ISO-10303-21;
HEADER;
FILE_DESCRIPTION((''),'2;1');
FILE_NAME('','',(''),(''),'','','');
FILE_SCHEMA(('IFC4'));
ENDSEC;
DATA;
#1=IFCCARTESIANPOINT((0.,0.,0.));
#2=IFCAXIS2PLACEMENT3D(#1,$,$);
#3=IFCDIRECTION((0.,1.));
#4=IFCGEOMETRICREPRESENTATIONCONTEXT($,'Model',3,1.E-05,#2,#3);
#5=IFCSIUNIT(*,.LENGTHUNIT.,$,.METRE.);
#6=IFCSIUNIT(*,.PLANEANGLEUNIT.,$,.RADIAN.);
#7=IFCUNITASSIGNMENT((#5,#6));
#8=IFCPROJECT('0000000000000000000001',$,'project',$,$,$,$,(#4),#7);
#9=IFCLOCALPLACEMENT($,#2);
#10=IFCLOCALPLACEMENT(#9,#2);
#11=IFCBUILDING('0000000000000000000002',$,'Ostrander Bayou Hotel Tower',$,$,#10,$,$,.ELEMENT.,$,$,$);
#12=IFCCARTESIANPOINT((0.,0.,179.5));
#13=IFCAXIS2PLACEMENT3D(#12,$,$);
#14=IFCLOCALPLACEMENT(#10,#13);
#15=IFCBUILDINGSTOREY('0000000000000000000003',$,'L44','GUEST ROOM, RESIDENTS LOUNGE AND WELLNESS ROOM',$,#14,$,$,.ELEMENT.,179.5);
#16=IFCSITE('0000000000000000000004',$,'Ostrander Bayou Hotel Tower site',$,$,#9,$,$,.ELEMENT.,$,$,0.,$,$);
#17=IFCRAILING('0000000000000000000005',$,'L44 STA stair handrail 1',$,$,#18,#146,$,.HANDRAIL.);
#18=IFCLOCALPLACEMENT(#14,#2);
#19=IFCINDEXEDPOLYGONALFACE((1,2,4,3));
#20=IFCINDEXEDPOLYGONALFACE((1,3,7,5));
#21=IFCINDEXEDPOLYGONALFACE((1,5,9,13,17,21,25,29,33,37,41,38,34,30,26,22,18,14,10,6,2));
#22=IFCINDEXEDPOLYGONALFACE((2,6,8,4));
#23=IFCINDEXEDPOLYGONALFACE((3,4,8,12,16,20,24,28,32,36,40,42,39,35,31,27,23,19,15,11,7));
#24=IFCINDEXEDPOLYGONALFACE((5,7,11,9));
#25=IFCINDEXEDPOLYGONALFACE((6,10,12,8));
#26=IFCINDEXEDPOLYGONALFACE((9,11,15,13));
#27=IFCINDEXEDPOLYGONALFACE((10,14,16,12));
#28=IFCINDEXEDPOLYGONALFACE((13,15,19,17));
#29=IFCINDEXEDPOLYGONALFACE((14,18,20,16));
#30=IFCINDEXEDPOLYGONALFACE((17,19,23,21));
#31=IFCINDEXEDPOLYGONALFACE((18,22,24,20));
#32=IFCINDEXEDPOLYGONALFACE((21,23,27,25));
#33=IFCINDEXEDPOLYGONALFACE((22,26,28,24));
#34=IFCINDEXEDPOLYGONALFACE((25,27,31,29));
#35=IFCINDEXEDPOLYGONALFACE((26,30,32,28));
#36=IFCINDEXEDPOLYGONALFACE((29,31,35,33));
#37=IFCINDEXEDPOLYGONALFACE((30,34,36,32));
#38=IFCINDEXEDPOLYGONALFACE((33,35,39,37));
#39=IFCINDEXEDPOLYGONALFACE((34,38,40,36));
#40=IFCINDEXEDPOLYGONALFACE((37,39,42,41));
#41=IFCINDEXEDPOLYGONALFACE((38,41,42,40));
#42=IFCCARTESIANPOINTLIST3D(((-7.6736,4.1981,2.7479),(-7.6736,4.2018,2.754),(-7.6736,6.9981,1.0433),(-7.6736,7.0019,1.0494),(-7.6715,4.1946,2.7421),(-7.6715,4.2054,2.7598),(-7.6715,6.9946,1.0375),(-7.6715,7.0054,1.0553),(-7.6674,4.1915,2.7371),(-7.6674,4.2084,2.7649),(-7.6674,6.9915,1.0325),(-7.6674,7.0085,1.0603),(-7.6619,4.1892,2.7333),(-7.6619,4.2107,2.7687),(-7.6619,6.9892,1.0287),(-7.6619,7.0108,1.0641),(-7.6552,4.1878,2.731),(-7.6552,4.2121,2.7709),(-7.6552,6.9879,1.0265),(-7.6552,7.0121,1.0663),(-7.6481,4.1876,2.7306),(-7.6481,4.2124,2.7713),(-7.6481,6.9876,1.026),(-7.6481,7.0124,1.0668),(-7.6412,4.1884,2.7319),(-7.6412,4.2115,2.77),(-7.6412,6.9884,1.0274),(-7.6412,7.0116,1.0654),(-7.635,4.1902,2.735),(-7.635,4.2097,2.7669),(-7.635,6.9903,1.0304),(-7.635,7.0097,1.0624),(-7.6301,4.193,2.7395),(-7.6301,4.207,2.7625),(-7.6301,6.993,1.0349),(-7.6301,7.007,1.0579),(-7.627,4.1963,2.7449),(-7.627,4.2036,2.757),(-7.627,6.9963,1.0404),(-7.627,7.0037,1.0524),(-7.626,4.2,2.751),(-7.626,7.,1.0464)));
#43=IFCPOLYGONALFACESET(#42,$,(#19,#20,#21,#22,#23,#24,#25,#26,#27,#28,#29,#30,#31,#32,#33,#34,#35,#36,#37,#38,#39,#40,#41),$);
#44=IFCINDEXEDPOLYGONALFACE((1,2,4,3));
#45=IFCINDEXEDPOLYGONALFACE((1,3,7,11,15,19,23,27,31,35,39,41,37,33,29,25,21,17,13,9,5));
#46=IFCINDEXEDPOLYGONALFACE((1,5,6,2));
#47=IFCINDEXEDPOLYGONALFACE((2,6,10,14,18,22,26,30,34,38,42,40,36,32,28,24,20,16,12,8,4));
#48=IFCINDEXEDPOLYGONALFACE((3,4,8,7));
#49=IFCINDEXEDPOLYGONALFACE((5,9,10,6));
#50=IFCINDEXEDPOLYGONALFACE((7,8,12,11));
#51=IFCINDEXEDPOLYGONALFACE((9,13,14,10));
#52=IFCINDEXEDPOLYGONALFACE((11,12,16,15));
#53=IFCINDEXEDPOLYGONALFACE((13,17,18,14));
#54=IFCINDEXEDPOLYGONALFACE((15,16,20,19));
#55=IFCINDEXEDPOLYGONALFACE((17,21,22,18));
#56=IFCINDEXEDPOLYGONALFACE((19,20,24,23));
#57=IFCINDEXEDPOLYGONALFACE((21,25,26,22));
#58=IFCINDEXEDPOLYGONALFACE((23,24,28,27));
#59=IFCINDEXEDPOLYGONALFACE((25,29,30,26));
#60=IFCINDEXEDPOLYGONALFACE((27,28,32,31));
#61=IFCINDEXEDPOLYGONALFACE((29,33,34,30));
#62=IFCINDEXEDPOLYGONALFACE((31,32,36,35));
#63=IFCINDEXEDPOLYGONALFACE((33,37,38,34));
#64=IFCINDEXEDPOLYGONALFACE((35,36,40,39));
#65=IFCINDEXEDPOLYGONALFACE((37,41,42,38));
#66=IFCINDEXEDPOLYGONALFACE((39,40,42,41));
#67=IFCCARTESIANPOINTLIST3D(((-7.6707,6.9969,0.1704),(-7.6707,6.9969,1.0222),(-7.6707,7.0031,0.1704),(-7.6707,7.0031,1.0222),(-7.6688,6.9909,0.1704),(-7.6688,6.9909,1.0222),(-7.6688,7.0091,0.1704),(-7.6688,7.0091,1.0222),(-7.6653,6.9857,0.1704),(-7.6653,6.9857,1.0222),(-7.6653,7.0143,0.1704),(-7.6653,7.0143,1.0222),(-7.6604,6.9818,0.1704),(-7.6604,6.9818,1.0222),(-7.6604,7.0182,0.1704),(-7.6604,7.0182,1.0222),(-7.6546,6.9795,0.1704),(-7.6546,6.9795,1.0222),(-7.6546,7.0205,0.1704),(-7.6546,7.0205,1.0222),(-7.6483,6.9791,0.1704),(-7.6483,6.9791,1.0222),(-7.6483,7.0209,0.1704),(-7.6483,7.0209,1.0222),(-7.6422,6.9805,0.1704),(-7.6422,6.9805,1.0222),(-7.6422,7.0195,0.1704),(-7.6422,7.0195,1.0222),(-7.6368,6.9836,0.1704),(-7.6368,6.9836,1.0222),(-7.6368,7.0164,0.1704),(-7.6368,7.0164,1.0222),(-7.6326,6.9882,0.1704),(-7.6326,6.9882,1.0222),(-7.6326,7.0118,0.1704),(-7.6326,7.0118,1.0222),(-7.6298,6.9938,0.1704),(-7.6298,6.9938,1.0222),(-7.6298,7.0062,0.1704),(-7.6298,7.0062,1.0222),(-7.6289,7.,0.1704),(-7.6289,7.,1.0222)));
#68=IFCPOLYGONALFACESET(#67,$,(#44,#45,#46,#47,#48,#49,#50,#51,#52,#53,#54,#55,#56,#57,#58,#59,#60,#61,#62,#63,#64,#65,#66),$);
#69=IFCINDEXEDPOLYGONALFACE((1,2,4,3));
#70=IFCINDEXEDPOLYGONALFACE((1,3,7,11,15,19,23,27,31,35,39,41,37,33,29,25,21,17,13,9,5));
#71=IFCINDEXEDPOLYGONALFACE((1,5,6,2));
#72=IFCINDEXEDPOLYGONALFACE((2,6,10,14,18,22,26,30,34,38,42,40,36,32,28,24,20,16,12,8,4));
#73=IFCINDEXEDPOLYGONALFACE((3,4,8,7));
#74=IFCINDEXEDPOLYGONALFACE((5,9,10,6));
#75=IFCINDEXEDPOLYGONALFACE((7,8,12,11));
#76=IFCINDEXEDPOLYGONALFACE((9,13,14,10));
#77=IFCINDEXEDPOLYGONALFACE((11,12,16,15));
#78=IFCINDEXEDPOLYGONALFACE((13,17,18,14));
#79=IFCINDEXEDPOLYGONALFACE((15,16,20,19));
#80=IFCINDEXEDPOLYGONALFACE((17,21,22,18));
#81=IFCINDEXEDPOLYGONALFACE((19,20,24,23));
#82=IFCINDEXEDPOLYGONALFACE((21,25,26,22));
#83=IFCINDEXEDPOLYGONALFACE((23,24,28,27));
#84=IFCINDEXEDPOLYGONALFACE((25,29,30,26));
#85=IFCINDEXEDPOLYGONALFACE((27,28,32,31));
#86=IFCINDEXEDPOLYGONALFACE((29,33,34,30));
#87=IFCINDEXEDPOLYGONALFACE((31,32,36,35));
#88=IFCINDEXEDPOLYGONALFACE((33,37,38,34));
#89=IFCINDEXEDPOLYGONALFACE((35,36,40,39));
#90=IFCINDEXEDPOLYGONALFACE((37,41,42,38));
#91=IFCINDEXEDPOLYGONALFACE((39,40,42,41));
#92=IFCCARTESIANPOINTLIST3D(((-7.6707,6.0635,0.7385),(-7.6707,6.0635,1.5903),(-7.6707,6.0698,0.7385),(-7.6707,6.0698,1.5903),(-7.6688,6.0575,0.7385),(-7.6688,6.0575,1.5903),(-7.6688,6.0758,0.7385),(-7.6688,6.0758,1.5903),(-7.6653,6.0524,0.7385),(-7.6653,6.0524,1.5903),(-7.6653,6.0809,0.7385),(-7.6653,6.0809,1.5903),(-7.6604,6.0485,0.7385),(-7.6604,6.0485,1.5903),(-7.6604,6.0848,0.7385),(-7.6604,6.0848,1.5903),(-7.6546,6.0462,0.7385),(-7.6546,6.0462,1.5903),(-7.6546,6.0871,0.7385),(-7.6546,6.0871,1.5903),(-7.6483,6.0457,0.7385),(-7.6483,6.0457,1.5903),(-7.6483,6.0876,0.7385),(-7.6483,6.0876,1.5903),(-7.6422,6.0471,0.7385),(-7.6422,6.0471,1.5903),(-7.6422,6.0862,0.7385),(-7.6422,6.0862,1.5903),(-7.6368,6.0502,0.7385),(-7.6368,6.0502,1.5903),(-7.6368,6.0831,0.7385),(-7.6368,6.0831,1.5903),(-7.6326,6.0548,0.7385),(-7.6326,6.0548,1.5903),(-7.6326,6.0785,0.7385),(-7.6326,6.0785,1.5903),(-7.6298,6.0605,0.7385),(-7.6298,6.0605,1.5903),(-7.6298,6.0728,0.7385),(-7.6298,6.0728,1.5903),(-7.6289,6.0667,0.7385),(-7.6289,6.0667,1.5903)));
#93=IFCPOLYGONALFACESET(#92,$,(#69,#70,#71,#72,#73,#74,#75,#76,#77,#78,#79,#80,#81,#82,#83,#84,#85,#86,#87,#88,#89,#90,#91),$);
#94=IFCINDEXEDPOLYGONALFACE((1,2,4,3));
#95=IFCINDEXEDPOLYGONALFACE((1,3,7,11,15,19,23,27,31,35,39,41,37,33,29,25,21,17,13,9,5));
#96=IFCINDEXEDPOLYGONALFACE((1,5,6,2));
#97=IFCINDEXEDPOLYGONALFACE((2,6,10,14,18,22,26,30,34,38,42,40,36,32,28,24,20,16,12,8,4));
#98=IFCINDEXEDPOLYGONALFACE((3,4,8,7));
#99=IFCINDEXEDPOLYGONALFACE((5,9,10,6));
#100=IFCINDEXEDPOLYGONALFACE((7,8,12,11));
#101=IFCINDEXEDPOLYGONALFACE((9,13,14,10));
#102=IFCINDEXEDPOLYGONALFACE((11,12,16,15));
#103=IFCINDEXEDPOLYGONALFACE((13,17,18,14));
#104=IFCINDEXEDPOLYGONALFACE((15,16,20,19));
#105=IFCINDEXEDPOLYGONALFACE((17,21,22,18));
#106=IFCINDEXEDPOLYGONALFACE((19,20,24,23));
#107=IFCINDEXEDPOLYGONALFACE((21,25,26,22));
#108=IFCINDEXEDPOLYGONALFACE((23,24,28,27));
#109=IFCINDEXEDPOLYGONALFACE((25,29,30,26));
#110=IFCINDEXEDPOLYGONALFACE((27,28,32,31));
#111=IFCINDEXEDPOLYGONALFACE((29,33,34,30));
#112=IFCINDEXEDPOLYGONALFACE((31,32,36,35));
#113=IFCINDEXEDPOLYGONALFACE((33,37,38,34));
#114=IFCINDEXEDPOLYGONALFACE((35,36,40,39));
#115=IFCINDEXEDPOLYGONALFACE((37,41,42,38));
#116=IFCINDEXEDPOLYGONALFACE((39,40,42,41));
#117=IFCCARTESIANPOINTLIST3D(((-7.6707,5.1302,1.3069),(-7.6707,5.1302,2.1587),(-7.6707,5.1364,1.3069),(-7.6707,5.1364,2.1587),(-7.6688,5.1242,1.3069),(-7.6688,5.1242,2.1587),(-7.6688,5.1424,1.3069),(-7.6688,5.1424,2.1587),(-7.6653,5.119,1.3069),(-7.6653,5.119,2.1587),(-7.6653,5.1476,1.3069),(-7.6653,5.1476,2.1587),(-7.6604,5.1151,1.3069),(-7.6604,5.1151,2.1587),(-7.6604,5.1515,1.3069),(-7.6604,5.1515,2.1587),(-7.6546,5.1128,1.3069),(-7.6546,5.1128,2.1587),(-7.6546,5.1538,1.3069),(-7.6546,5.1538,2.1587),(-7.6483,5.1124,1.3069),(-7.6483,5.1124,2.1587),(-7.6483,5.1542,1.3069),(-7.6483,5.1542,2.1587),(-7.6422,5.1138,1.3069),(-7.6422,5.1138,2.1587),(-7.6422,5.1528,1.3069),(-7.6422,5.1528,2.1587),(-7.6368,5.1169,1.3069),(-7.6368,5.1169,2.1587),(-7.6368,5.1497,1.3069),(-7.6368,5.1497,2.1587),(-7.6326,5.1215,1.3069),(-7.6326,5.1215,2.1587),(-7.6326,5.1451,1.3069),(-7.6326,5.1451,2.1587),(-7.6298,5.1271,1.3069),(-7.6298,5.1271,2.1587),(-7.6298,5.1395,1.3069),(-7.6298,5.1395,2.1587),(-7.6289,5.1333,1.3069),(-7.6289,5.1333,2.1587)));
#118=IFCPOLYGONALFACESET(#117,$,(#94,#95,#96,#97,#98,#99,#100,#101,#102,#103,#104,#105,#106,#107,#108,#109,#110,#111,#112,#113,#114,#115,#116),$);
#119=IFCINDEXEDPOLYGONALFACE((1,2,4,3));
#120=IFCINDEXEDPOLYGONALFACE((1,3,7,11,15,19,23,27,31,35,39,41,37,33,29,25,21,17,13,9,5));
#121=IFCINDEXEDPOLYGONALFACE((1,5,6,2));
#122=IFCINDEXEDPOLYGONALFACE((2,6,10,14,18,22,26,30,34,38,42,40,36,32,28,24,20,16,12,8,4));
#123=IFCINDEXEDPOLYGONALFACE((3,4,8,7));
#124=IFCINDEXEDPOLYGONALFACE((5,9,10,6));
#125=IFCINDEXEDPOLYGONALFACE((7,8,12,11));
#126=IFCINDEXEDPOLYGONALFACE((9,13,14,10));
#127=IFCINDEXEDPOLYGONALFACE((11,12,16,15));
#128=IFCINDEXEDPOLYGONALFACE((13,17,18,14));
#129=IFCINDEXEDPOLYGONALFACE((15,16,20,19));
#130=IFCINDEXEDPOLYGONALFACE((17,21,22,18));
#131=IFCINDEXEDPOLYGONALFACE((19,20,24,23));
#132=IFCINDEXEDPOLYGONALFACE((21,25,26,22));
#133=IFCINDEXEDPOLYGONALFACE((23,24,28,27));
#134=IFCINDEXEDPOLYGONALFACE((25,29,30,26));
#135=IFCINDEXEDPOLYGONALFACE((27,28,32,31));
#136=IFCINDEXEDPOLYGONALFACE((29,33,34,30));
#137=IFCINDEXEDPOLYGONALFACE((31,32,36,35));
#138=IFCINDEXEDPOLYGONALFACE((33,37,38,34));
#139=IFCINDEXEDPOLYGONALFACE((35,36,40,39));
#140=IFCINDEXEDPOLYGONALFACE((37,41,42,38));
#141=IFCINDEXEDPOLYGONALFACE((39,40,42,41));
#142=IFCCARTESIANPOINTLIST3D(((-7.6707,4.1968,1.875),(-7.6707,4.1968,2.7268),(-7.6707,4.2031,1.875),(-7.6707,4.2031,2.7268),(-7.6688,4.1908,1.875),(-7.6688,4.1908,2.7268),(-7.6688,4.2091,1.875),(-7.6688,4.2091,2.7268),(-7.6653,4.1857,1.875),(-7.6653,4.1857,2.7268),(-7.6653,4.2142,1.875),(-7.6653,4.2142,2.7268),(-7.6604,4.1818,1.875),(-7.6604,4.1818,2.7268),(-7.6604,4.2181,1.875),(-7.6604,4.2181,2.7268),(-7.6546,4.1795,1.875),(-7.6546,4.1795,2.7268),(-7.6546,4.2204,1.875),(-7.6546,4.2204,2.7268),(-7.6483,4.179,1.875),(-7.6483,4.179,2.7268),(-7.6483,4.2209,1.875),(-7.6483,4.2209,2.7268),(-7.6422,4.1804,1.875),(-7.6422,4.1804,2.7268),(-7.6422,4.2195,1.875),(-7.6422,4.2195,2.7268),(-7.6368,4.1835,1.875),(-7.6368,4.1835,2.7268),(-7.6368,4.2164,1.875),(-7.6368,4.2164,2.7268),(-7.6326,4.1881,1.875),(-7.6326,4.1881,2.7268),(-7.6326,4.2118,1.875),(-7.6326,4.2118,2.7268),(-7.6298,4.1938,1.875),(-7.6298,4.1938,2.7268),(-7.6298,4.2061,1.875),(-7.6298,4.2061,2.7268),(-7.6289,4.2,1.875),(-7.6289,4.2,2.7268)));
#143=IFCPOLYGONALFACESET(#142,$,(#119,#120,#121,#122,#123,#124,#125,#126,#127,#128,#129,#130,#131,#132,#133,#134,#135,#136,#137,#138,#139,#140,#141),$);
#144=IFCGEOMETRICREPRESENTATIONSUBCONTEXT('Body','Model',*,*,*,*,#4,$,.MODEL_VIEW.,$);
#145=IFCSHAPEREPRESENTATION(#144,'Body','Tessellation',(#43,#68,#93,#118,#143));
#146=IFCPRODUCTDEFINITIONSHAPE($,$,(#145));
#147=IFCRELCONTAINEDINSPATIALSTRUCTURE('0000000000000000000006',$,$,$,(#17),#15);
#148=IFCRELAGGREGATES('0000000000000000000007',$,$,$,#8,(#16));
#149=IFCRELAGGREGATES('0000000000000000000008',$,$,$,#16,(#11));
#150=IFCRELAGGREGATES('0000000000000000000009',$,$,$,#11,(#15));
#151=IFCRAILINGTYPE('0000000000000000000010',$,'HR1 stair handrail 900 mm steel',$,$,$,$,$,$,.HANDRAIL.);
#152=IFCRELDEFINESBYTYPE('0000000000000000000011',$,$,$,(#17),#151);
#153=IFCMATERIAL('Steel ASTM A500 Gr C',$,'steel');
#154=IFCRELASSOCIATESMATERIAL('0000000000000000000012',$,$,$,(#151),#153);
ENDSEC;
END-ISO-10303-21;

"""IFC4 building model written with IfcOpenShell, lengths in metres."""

from ifc_helpers import new_model, si_unit, direction, frame, origin, origin_2d, place, context, subcontext, project, spatial, circle, extrude, material, type_object, element, save


model = new_model("IFC4")

# Units and contexts
model_context = context("Model", 3, precision=1e-05, world=origin(), true_north=direction((0.0, 1.0)))
body_context = subcontext(model_context, "Body", "Model", "MODEL_VIEW")
ifc_project = project(units=[si_unit("LENGTHUNIT", "METRE"), si_unit("PLANEANGLEUNIT", "RADIAN")], contexts=[model_context])

# Site, building, storey
site_placement = place(None, origin())
site = spatial("IfcSite", under=ifc_project, at=site_placement, Name="Ostrander Bayou Hotel Tower site", CompositionType="ELEMENT", RefElevation=0.0)
building_placement = place(site_placement, origin())
building = spatial("IfcBuilding", under=site, at=building_placement, Name="Ostrander Bayou Hotel Tower", CompositionType="ELEMENT")
storey_placement = place(building_placement, frame((0.0, 0.0, 179.5)))
storey = spatial("IfcBuildingStorey", under=building, at=storey_placement, Name="L44", Description="GUEST ROOM, RESIDENTS LOUNGE AND WELLNESS ROOM", CompositionType="ELEMENT", Elevation=179.5)

# Railing
ifc_material_1 = material(Name="Steel ASTM A500 Gr C", Category="steel")
railing_type = type_object("IfcRailingType", Name="HR1 stair handrail 900 mm steel", PredefinedType="HANDRAIL", material=ifc_material_1)
railing_placement = place(storey_placement, frame((-7.6499, 7.0, 0.1704)))
element("IfcRailing", 1, at=railing_placement, inside=storey, type_object=railing_type, Name="L44 STA stair handrail 1", PredefinedType="HANDRAIL", context=body_context, shape_type="SweptSolid", body=[
    extrude(circle(Radius=0.0239, at=origin_2d()), frame((0.0, 0.0, 0.876), z_axis=(0.0, -0.85417, 0.519994), x_axis=(1.0, 0.0, 0.0)), (0.0, 0.0, 1.0), 3.2781),
    extrude(circle(Radius=0.021, at=origin_2d()), origin(), (0.0, 0.0, 1.0), 0.8518),
    extrude(circle(Radius=0.021, at=origin_2d()), frame((0.0, -0.9333, 0.5681)), (0.0, 0.0, 1.0), 0.8518),
    extrude(circle(Radius=0.021, at=origin_2d()), frame((0.0, -1.8667, 1.1365)), (0.0, 0.0, 1.0), 0.8518),
    extrude(circle(Radius=0.021, at=origin_2d()), frame((0.0, -2.8, 1.7046)), (0.0, 0.0, 1.0), 0.8518),
])

save(model, "model.ifc")
